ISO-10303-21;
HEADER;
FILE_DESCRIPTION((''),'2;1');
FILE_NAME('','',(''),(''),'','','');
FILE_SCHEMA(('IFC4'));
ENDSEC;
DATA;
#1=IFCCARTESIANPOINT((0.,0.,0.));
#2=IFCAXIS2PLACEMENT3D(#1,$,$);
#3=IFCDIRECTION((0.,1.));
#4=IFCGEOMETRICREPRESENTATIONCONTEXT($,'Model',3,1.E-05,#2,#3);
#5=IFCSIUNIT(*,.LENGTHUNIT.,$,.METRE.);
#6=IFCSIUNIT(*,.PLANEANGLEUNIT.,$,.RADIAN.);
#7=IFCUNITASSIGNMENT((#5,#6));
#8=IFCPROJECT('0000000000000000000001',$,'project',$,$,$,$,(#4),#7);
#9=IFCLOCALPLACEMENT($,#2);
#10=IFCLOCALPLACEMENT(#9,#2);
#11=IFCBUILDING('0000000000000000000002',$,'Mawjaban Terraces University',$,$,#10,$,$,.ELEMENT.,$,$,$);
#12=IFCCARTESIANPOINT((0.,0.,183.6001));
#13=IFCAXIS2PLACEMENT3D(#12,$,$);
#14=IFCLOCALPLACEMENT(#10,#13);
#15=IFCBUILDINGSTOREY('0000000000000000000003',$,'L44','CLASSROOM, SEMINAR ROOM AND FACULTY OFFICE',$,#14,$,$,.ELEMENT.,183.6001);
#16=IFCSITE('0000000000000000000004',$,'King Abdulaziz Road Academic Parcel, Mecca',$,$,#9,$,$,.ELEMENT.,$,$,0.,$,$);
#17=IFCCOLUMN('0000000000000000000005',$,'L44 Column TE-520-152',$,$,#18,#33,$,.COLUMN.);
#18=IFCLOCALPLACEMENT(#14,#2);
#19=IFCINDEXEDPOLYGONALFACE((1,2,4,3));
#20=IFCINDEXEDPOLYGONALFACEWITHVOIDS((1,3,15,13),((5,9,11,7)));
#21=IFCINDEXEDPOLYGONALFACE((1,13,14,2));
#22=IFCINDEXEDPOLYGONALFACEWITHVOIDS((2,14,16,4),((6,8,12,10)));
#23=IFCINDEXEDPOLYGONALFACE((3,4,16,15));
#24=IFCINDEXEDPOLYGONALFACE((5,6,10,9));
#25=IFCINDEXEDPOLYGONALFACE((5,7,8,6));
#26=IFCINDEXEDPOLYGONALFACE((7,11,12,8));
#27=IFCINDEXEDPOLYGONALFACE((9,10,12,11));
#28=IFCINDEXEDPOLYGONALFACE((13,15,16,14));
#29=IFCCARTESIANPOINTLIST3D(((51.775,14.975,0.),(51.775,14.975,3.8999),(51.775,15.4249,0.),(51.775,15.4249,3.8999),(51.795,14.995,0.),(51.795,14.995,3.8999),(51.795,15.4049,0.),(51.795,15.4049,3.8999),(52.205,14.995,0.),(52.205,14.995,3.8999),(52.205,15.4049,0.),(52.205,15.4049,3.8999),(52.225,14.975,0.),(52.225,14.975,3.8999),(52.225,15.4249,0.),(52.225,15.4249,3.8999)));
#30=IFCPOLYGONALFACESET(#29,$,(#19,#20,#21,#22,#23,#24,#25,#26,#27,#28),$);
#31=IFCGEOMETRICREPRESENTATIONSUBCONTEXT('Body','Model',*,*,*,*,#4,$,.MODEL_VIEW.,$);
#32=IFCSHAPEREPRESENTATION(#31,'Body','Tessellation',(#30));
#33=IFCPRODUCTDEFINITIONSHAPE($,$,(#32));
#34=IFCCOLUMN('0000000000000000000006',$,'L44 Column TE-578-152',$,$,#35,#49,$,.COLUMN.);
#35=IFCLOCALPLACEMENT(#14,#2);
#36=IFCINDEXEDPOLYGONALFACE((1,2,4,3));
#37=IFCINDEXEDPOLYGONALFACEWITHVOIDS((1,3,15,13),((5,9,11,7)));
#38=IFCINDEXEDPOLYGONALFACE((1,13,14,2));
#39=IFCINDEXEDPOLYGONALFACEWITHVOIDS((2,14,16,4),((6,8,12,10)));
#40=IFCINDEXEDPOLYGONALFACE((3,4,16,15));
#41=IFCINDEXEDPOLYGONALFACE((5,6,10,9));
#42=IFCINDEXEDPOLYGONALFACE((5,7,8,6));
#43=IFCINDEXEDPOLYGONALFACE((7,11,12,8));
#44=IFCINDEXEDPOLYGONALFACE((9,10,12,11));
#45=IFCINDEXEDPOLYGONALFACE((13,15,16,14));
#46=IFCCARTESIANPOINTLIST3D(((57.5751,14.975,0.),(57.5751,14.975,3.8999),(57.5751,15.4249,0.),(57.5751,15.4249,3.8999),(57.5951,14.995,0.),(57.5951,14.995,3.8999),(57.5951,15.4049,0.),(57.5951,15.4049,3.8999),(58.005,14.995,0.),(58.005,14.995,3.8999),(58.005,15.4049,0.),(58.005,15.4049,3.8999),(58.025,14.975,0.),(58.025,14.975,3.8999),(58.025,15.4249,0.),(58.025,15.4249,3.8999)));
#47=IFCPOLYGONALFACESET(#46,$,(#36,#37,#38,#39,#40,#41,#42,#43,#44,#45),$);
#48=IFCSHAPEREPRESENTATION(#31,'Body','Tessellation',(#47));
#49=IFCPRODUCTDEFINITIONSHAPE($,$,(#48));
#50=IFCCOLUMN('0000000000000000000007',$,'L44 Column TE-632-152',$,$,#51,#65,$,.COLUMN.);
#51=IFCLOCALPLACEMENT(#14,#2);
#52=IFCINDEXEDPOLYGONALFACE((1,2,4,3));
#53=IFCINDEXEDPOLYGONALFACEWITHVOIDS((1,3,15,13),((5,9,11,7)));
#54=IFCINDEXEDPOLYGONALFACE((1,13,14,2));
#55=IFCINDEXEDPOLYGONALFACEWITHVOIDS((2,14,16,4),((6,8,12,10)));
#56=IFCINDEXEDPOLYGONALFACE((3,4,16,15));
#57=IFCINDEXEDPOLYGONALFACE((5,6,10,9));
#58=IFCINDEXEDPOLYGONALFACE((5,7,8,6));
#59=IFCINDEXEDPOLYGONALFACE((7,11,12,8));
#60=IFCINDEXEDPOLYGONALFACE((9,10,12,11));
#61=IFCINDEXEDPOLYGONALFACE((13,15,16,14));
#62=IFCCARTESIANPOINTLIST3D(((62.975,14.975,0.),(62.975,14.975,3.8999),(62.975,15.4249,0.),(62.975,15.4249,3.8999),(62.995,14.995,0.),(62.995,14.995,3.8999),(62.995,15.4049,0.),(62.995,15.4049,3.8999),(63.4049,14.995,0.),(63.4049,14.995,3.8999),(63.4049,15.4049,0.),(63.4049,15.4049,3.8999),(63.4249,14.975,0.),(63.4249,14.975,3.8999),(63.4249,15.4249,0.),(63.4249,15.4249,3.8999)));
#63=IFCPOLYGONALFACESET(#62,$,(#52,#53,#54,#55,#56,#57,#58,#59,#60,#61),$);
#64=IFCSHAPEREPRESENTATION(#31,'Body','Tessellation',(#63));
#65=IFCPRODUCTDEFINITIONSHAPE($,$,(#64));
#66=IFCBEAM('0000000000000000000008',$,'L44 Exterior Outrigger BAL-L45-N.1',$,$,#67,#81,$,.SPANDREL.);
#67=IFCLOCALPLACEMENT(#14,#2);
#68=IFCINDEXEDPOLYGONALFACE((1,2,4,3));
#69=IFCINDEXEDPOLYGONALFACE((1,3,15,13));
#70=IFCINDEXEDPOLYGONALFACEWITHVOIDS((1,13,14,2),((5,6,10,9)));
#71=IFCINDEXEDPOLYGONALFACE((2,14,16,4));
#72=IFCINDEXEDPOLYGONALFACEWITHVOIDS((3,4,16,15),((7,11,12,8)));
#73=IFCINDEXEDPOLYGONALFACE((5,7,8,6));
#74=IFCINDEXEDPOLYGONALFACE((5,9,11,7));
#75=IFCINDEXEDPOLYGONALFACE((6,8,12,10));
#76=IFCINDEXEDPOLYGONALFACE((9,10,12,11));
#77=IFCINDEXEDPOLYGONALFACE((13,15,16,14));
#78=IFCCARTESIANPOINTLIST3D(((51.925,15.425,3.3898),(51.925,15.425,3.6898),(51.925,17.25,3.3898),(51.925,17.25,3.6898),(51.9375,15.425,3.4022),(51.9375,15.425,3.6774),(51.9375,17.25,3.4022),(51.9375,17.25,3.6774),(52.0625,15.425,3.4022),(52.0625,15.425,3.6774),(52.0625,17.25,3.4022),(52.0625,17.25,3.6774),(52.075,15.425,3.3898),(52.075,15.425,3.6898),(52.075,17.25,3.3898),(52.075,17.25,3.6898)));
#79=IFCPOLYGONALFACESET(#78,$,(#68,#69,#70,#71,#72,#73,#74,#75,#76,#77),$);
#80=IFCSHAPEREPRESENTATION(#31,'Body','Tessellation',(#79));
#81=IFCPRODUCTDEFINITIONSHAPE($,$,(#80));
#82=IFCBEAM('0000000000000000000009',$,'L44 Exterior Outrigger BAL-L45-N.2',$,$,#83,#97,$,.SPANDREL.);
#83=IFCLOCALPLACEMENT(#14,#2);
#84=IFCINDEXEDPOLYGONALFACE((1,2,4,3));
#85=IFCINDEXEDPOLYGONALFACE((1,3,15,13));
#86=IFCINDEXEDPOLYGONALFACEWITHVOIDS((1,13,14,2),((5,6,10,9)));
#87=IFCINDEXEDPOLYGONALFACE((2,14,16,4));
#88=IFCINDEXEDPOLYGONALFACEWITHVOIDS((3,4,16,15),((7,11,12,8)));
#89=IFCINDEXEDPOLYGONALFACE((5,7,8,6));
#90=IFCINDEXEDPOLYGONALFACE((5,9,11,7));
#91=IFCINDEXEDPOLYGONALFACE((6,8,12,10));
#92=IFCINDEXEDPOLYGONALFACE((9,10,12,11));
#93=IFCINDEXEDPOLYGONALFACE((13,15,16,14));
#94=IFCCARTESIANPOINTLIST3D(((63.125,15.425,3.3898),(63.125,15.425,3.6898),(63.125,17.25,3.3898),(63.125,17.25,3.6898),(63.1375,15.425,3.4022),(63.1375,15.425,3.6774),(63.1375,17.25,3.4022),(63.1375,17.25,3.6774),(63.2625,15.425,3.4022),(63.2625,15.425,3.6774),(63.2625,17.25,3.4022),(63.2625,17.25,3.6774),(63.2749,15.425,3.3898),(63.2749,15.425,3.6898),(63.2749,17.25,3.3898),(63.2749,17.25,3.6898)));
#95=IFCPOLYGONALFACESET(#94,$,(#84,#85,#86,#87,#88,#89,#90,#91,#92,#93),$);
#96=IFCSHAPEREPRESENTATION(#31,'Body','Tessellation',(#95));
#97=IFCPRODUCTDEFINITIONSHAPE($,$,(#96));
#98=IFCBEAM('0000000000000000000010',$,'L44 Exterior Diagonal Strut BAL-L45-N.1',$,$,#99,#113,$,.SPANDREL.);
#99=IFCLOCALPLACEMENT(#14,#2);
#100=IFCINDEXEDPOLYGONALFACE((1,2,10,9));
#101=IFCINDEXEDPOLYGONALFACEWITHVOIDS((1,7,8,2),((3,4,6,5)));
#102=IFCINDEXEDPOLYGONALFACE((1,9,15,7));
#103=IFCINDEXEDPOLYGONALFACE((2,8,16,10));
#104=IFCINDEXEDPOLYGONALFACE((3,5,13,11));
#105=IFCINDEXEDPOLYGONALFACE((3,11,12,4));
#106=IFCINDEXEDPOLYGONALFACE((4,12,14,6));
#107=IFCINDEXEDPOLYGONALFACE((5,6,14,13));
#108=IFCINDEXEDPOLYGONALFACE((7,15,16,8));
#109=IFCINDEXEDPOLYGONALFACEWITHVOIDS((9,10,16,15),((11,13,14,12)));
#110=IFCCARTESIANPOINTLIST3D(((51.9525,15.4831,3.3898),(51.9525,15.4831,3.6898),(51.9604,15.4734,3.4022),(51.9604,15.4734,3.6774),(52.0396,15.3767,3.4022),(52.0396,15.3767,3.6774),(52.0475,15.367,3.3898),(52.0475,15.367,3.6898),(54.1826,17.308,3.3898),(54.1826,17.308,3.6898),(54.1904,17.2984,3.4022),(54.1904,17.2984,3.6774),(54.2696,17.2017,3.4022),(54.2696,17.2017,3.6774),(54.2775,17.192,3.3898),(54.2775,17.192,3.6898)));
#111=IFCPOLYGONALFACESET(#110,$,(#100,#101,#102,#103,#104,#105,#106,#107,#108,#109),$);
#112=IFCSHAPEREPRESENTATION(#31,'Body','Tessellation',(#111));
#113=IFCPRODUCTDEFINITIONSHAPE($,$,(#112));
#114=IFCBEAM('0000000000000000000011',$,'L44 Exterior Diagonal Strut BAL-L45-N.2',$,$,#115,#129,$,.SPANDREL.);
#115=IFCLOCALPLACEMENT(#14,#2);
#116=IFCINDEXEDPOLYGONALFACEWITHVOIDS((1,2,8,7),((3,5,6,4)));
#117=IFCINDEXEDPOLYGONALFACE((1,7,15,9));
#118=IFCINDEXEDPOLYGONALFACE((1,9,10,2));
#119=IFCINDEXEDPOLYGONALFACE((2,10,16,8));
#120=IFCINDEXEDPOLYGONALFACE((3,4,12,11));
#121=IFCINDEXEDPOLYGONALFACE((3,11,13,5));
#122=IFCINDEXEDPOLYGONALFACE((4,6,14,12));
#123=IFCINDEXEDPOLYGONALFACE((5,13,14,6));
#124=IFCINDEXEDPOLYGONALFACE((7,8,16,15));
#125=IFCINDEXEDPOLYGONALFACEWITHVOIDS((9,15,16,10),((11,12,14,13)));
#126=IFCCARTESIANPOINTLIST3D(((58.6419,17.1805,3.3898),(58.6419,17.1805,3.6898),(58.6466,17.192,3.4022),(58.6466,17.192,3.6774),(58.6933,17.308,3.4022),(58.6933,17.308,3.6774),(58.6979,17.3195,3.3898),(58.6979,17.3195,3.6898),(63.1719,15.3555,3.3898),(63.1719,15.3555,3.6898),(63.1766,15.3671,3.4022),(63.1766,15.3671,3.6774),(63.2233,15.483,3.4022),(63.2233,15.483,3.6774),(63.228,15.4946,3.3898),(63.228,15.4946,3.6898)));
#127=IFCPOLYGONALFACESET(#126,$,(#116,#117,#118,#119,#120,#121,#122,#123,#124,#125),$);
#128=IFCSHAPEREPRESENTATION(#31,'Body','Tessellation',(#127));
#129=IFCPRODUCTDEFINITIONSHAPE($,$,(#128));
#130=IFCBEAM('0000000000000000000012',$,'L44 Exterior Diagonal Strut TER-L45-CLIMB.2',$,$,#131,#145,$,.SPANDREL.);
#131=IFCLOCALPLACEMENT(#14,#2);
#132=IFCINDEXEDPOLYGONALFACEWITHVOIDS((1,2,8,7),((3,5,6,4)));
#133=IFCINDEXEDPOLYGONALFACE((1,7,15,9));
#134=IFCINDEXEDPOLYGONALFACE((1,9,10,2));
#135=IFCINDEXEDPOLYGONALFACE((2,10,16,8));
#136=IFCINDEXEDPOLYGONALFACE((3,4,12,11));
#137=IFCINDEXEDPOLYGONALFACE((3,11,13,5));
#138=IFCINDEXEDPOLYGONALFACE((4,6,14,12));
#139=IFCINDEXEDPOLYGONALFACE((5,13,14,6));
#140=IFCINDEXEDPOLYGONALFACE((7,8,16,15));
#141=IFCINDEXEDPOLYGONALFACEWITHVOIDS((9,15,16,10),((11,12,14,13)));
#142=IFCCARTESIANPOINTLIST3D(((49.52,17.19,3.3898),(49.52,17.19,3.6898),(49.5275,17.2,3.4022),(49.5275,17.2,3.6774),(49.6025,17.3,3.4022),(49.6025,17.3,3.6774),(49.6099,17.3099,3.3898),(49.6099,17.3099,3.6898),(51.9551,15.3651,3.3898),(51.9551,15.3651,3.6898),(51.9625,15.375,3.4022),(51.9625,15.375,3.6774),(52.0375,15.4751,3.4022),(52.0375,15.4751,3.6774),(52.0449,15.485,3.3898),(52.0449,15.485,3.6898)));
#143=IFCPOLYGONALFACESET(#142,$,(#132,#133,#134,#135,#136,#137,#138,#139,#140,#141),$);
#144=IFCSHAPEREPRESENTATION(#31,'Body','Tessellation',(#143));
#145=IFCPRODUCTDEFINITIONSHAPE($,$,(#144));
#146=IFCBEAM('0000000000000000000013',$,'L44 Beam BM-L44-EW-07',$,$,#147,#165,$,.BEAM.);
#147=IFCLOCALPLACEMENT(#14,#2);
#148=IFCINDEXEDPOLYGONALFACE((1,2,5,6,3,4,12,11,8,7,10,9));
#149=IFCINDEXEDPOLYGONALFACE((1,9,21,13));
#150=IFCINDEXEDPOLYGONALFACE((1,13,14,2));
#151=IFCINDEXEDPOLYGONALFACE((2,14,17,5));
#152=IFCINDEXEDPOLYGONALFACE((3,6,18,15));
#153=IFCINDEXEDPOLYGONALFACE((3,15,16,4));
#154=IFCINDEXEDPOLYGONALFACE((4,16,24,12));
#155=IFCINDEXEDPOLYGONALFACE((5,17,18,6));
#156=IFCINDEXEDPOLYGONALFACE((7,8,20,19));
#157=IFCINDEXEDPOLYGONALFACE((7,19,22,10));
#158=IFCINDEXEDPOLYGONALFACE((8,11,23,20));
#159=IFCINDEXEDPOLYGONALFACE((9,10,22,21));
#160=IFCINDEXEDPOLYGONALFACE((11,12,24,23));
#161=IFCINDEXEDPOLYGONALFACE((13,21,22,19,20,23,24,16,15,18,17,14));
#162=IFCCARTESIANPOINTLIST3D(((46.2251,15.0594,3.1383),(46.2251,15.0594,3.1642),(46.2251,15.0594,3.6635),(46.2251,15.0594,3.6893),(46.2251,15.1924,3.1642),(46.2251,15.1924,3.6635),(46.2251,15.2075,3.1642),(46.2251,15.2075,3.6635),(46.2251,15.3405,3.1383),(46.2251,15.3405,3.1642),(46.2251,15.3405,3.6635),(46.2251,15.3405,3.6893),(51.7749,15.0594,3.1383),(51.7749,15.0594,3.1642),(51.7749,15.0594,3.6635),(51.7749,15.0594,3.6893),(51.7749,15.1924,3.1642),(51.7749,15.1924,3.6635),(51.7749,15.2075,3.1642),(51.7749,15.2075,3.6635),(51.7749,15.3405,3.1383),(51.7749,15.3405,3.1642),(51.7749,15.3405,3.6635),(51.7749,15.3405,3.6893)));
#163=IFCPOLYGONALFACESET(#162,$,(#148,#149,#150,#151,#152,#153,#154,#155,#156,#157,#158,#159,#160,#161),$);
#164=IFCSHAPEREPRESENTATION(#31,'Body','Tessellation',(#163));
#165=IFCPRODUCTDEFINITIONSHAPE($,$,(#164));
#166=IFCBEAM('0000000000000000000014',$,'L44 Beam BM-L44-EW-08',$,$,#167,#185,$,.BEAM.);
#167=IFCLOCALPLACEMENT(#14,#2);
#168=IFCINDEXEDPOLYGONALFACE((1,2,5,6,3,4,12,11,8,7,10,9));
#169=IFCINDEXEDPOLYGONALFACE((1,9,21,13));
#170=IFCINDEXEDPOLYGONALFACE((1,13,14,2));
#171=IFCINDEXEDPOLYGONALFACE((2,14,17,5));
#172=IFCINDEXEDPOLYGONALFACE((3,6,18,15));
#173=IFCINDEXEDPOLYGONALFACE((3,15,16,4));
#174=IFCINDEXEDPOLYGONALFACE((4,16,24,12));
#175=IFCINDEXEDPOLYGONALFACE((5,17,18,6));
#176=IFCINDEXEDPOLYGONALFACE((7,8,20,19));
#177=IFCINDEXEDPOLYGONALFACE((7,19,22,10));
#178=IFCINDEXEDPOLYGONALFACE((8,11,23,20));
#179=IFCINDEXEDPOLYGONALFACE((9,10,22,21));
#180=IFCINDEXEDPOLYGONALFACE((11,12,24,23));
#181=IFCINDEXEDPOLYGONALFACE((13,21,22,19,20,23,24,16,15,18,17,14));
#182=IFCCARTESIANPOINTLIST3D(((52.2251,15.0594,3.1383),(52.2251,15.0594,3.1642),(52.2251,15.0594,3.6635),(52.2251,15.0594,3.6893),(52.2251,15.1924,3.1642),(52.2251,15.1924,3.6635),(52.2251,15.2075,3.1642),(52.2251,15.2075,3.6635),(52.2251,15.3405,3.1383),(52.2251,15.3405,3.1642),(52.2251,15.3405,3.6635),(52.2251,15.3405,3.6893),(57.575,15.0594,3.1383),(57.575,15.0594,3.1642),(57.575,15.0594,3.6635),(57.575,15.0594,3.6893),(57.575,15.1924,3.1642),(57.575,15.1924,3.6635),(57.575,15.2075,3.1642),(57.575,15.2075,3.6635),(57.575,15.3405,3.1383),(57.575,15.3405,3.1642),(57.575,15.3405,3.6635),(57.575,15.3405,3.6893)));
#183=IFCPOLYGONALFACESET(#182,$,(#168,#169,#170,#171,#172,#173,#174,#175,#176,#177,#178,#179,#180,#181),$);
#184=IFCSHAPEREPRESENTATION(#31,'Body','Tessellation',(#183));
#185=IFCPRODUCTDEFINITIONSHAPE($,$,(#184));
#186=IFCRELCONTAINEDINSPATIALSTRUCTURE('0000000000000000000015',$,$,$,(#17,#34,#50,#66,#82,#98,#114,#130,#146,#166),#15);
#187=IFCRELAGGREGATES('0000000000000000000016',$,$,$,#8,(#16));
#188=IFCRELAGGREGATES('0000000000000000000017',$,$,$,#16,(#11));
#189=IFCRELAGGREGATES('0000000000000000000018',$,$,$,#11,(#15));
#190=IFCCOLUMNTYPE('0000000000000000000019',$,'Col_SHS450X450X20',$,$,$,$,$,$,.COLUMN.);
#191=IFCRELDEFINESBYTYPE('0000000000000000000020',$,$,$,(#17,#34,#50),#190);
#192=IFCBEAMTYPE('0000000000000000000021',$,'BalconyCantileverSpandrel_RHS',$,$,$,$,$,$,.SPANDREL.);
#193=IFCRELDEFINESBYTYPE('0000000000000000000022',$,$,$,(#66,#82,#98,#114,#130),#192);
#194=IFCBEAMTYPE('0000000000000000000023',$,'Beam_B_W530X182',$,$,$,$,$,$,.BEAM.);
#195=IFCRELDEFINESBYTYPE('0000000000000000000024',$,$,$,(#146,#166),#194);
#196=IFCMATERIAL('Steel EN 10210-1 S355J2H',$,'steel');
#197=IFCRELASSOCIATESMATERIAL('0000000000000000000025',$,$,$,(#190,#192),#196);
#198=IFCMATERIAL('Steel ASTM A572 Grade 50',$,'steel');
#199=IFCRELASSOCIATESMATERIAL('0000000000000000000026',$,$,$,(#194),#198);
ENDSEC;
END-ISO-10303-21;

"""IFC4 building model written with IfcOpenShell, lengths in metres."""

from ifc_helpers import new_model, si_unit, direction, frame, origin, origin_2d, place, context, subcontext, project, spatial, hollow_rectangle, i_section, extrude, material, material_profile, profile_set, type_object, element, save


model = new_model("IFC4")

# Units and contexts
model_context = context("Model", 3, precision=1e-05, world=origin(), true_north=direction((0.0, 1.0)))
body_context = subcontext(model_context, "Body", "Model", "MODEL_VIEW")
ifc_project = project(units=[si_unit("LENGTHUNIT", "METRE"), si_unit("PLANEANGLEUNIT", "RADIAN")], contexts=[model_context])

# Site, building, storey
site_placement = place(None, origin())
site = spatial("IfcSite", under=ifc_project, at=site_placement, Name="King Abdulaziz Road Academic Parcel, Mecca", CompositionType="ELEMENT", RefElevation=0.0)
building_placement = place(site_placement, origin())
building = spatial("IfcBuilding", under=site, at=building_placement, Name="Mawjaban Terraces University", CompositionType="ELEMENT")
storey_placement = place(building_placement, frame((0.0, 0.0, 183.6001)))
storey = spatial("IfcBuildingStorey", under=building, at=storey_placement, Name="L44", Description="CLASSROOM, SEMINAR ROOM AND FACULTY OFFICE", CompositionType="ELEMENT", Elevation=183.6001)

# Columns
ifc_material_1 = material(Name="Steel EN 10210-1 S355J2H", Category="steel")
ifc_material_profile_1 = material_profile(ifc_material_1, hollow_rectangle(XDim=0.45, YDim=0.45, WallThickness=0.02, at=origin_2d()), Name="SHS450X450X20")
ifc_profile_set_1 = profile_set([ifc_material_profile_1], Name="Steel EN 10210-1 S355J2H")
column_type = type_object("IfcColumnType", Name="Col_SHS450X450X20", PredefinedType="COLUMN", material=ifc_profile_set_1)
for number, where, z_axis, x_axis, name in (
    (1, (52.0, 15.2, 0.0), (0.0, 0.0, 1.0), (1.0, 0.0, 0.0), "L44 Column TE-520-152"),
    (2, (57.8, 15.2, 0.0), (0.0, 0.0, 1.0), (1.0, 0.0, 0.0), "L44 Column TE-578-152"),
    (3, (63.2, 15.2, 0.0), (0.0, 0.0, 1.0), (1.0, 0.0, 0.0), "L44 Column TE-632-152"),
):
    element("IfcColumn", number, at=place(storey_placement, frame(where, z_axis=z_axis, x_axis=x_axis)), inside=storey, type_object=column_type, Name=name, PredefinedType="COLUMN", context=body_context, shape_type="SweptSolid", body=[
        extrude(hollow_rectangle(XDim=0.45, YDim=0.45, WallThickness=0.02, at=origin_2d()), origin(), (0.0, 0.0, 1.0), 3.8999),
    ])

# Beams
ifc_material_profile_2 = material_profile(ifc_material_1, hollow_rectangle(XDim=0.1499, YDim=0.3, WallThickness=0.0125, at=origin_2d()), Name="RHS300X150X12.5")
ifc_profile_set_2 = profile_set([ifc_material_profile_2], Name="Steel EN 10210-1 S355J2H")
beam_type_1 = type_object("IfcBeamType", Name="BalconyCantileverSpandrel_RHS", PredefinedType="SPANDREL", material=ifc_profile_set_2)
for number, where, z_axis, x_axis, name in (
    (4, (52.0, 15.425, 3.5398), (0.0, 1.0, 0.0), (-1.0, 0.0, 0.0), "L44 Exterior Outrigger BAL-L45-N.1"),
    (5, (63.2, 15.425, 3.5398), (0.0, 1.0, 0.0), (-1.0, 0.0, 0.0), "L44 Exterior Outrigger BAL-L45-N.2"),
):
    element("IfcBeam", number, at=place(storey_placement, frame(where, z_axis=z_axis, x_axis=x_axis)), inside=storey, type_object=beam_type_1, Name=name, PredefinedType="SPANDREL", context=body_context, shape_type="SweptSolid", body=[
        extrude(hollow_rectangle(XDim=0.1499, YDim=0.3, WallThickness=0.0125, at=origin_2d()), origin(), (0.0, 0.0, 1.0), 1.825),
    ])
beam_1_placement = place(storey_placement, frame((52.0, 15.425, 3.5398), z_axis=(0.773886, 0.633325, 0.0), x_axis=(-0.633325, 0.773886, 0.0)))
element("IfcBeam", 6, at=beam_1_placement, inside=storey, type_object=beam_type_1, Name="L44 Exterior Diagonal Strut BAL-L45-N.1", PredefinedType="SPANDREL", context=body_context, shape_type="SweptSolid", body=[
    extrude(hollow_rectangle(XDim=0.1499, YDim=0.3, WallThickness=0.0125, at=origin_2d()), origin(), (0.0, 0.0, 1.0), 2.8816),
])
beam_2_placement = place(storey_placement, frame((63.2, 15.425, 3.5398), z_axis=(-0.92756, 0.373674, 0.0), x_axis=(-0.373674, -0.92756, 0.0)))
element("IfcBeam", 7, at=beam_2_placement, inside=storey, type_object=beam_type_1, Name="L44 Exterior Diagonal Strut BAL-L45-N.2", PredefinedType="SPANDREL", context=body_context, shape_type="SweptSolid", body=[
    extrude(hollow_rectangle(XDim=0.1499, YDim=0.3, WallThickness=0.0125, at=origin_2d()), origin(), (0.0, 0.0, 1.0), 4.8838),
])
beam_3_placement = place(storey_placement, frame((52.0, 15.425, 3.5398), z_axis=(-0.800212, 0.599718, 0.0), x_axis=(-0.599718, -0.800212, 0.0)))
element("IfcBeam", 8, at=beam_3_placement, inside=storey, type_object=beam_type_1, Name="L44 Exterior Diagonal Strut TER-L45-CLIMB.2", PredefinedType="SPANDREL", context=body_context, shape_type="SweptSolid", body=[
    extrude(hollow_rectangle(XDim=0.1499, YDim=0.3, WallThickness=0.0125, at=origin_2d()), origin(), (0.0, 0.0, 1.0), 3.043),
])
ifc_material_2 = material(Name="Steel ASTM A572 Grade 50", Category="steel")
ifc_material_profile_3 = material_profile(ifc_material_2, i_section(OverallWidth=0.281, OverallDepth=0.551, WebThickness=0.0151, FlangeThickness=0.0259, at=origin_2d()), Name="W530X182")
ifc_profile_set_3 = profile_set([ifc_material_profile_3], Name="Steel ASTM A572 Grade 50")
beam_type_2 = type_object("IfcBeamType", Name="Beam_B_W530X182", PredefinedType="BEAM", material=ifc_profile_set_3)
beam_4_placement = place(storey_placement, frame((46.2251, 15.2, 3.4138), z_axis=(1.0, 0.0, 0.0), x_axis=(0.0, 1.0, 0.0)))
element("IfcBeam", 9, at=beam_4_placement, inside=storey, type_object=beam_type_2, Name="L44 Beam BM-L44-EW-07", PredefinedType="BEAM", context=body_context, shape_type="SweptSolid", body=[
    extrude(i_section(OverallWidth=0.281, OverallDepth=0.551, WebThickness=0.0151, FlangeThickness=0.0259, at=origin_2d()), origin(), (0.0, 0.0, 1.0), 5.5498),
])
beam_5_placement = place(storey_placement, frame((52.2251, 15.2, 3.4138), z_axis=(1.0, 0.0, 0.0), x_axis=(0.0, 1.0, 0.0)))
element("IfcBeam", 10, at=beam_5_placement, inside=storey, type_object=beam_type_2, Name="L44 Beam BM-L44-EW-08", PredefinedType="BEAM", context=body_context, shape_type="SweptSolid", body=[
    extrude(i_section(OverallWidth=0.281, OverallDepth=0.551, WebThickness=0.0151, FlangeThickness=0.0259, at=origin_2d()), origin(), (0.0, 0.0, 1.0), 5.3499),
])

save(model, "model.ifc")
